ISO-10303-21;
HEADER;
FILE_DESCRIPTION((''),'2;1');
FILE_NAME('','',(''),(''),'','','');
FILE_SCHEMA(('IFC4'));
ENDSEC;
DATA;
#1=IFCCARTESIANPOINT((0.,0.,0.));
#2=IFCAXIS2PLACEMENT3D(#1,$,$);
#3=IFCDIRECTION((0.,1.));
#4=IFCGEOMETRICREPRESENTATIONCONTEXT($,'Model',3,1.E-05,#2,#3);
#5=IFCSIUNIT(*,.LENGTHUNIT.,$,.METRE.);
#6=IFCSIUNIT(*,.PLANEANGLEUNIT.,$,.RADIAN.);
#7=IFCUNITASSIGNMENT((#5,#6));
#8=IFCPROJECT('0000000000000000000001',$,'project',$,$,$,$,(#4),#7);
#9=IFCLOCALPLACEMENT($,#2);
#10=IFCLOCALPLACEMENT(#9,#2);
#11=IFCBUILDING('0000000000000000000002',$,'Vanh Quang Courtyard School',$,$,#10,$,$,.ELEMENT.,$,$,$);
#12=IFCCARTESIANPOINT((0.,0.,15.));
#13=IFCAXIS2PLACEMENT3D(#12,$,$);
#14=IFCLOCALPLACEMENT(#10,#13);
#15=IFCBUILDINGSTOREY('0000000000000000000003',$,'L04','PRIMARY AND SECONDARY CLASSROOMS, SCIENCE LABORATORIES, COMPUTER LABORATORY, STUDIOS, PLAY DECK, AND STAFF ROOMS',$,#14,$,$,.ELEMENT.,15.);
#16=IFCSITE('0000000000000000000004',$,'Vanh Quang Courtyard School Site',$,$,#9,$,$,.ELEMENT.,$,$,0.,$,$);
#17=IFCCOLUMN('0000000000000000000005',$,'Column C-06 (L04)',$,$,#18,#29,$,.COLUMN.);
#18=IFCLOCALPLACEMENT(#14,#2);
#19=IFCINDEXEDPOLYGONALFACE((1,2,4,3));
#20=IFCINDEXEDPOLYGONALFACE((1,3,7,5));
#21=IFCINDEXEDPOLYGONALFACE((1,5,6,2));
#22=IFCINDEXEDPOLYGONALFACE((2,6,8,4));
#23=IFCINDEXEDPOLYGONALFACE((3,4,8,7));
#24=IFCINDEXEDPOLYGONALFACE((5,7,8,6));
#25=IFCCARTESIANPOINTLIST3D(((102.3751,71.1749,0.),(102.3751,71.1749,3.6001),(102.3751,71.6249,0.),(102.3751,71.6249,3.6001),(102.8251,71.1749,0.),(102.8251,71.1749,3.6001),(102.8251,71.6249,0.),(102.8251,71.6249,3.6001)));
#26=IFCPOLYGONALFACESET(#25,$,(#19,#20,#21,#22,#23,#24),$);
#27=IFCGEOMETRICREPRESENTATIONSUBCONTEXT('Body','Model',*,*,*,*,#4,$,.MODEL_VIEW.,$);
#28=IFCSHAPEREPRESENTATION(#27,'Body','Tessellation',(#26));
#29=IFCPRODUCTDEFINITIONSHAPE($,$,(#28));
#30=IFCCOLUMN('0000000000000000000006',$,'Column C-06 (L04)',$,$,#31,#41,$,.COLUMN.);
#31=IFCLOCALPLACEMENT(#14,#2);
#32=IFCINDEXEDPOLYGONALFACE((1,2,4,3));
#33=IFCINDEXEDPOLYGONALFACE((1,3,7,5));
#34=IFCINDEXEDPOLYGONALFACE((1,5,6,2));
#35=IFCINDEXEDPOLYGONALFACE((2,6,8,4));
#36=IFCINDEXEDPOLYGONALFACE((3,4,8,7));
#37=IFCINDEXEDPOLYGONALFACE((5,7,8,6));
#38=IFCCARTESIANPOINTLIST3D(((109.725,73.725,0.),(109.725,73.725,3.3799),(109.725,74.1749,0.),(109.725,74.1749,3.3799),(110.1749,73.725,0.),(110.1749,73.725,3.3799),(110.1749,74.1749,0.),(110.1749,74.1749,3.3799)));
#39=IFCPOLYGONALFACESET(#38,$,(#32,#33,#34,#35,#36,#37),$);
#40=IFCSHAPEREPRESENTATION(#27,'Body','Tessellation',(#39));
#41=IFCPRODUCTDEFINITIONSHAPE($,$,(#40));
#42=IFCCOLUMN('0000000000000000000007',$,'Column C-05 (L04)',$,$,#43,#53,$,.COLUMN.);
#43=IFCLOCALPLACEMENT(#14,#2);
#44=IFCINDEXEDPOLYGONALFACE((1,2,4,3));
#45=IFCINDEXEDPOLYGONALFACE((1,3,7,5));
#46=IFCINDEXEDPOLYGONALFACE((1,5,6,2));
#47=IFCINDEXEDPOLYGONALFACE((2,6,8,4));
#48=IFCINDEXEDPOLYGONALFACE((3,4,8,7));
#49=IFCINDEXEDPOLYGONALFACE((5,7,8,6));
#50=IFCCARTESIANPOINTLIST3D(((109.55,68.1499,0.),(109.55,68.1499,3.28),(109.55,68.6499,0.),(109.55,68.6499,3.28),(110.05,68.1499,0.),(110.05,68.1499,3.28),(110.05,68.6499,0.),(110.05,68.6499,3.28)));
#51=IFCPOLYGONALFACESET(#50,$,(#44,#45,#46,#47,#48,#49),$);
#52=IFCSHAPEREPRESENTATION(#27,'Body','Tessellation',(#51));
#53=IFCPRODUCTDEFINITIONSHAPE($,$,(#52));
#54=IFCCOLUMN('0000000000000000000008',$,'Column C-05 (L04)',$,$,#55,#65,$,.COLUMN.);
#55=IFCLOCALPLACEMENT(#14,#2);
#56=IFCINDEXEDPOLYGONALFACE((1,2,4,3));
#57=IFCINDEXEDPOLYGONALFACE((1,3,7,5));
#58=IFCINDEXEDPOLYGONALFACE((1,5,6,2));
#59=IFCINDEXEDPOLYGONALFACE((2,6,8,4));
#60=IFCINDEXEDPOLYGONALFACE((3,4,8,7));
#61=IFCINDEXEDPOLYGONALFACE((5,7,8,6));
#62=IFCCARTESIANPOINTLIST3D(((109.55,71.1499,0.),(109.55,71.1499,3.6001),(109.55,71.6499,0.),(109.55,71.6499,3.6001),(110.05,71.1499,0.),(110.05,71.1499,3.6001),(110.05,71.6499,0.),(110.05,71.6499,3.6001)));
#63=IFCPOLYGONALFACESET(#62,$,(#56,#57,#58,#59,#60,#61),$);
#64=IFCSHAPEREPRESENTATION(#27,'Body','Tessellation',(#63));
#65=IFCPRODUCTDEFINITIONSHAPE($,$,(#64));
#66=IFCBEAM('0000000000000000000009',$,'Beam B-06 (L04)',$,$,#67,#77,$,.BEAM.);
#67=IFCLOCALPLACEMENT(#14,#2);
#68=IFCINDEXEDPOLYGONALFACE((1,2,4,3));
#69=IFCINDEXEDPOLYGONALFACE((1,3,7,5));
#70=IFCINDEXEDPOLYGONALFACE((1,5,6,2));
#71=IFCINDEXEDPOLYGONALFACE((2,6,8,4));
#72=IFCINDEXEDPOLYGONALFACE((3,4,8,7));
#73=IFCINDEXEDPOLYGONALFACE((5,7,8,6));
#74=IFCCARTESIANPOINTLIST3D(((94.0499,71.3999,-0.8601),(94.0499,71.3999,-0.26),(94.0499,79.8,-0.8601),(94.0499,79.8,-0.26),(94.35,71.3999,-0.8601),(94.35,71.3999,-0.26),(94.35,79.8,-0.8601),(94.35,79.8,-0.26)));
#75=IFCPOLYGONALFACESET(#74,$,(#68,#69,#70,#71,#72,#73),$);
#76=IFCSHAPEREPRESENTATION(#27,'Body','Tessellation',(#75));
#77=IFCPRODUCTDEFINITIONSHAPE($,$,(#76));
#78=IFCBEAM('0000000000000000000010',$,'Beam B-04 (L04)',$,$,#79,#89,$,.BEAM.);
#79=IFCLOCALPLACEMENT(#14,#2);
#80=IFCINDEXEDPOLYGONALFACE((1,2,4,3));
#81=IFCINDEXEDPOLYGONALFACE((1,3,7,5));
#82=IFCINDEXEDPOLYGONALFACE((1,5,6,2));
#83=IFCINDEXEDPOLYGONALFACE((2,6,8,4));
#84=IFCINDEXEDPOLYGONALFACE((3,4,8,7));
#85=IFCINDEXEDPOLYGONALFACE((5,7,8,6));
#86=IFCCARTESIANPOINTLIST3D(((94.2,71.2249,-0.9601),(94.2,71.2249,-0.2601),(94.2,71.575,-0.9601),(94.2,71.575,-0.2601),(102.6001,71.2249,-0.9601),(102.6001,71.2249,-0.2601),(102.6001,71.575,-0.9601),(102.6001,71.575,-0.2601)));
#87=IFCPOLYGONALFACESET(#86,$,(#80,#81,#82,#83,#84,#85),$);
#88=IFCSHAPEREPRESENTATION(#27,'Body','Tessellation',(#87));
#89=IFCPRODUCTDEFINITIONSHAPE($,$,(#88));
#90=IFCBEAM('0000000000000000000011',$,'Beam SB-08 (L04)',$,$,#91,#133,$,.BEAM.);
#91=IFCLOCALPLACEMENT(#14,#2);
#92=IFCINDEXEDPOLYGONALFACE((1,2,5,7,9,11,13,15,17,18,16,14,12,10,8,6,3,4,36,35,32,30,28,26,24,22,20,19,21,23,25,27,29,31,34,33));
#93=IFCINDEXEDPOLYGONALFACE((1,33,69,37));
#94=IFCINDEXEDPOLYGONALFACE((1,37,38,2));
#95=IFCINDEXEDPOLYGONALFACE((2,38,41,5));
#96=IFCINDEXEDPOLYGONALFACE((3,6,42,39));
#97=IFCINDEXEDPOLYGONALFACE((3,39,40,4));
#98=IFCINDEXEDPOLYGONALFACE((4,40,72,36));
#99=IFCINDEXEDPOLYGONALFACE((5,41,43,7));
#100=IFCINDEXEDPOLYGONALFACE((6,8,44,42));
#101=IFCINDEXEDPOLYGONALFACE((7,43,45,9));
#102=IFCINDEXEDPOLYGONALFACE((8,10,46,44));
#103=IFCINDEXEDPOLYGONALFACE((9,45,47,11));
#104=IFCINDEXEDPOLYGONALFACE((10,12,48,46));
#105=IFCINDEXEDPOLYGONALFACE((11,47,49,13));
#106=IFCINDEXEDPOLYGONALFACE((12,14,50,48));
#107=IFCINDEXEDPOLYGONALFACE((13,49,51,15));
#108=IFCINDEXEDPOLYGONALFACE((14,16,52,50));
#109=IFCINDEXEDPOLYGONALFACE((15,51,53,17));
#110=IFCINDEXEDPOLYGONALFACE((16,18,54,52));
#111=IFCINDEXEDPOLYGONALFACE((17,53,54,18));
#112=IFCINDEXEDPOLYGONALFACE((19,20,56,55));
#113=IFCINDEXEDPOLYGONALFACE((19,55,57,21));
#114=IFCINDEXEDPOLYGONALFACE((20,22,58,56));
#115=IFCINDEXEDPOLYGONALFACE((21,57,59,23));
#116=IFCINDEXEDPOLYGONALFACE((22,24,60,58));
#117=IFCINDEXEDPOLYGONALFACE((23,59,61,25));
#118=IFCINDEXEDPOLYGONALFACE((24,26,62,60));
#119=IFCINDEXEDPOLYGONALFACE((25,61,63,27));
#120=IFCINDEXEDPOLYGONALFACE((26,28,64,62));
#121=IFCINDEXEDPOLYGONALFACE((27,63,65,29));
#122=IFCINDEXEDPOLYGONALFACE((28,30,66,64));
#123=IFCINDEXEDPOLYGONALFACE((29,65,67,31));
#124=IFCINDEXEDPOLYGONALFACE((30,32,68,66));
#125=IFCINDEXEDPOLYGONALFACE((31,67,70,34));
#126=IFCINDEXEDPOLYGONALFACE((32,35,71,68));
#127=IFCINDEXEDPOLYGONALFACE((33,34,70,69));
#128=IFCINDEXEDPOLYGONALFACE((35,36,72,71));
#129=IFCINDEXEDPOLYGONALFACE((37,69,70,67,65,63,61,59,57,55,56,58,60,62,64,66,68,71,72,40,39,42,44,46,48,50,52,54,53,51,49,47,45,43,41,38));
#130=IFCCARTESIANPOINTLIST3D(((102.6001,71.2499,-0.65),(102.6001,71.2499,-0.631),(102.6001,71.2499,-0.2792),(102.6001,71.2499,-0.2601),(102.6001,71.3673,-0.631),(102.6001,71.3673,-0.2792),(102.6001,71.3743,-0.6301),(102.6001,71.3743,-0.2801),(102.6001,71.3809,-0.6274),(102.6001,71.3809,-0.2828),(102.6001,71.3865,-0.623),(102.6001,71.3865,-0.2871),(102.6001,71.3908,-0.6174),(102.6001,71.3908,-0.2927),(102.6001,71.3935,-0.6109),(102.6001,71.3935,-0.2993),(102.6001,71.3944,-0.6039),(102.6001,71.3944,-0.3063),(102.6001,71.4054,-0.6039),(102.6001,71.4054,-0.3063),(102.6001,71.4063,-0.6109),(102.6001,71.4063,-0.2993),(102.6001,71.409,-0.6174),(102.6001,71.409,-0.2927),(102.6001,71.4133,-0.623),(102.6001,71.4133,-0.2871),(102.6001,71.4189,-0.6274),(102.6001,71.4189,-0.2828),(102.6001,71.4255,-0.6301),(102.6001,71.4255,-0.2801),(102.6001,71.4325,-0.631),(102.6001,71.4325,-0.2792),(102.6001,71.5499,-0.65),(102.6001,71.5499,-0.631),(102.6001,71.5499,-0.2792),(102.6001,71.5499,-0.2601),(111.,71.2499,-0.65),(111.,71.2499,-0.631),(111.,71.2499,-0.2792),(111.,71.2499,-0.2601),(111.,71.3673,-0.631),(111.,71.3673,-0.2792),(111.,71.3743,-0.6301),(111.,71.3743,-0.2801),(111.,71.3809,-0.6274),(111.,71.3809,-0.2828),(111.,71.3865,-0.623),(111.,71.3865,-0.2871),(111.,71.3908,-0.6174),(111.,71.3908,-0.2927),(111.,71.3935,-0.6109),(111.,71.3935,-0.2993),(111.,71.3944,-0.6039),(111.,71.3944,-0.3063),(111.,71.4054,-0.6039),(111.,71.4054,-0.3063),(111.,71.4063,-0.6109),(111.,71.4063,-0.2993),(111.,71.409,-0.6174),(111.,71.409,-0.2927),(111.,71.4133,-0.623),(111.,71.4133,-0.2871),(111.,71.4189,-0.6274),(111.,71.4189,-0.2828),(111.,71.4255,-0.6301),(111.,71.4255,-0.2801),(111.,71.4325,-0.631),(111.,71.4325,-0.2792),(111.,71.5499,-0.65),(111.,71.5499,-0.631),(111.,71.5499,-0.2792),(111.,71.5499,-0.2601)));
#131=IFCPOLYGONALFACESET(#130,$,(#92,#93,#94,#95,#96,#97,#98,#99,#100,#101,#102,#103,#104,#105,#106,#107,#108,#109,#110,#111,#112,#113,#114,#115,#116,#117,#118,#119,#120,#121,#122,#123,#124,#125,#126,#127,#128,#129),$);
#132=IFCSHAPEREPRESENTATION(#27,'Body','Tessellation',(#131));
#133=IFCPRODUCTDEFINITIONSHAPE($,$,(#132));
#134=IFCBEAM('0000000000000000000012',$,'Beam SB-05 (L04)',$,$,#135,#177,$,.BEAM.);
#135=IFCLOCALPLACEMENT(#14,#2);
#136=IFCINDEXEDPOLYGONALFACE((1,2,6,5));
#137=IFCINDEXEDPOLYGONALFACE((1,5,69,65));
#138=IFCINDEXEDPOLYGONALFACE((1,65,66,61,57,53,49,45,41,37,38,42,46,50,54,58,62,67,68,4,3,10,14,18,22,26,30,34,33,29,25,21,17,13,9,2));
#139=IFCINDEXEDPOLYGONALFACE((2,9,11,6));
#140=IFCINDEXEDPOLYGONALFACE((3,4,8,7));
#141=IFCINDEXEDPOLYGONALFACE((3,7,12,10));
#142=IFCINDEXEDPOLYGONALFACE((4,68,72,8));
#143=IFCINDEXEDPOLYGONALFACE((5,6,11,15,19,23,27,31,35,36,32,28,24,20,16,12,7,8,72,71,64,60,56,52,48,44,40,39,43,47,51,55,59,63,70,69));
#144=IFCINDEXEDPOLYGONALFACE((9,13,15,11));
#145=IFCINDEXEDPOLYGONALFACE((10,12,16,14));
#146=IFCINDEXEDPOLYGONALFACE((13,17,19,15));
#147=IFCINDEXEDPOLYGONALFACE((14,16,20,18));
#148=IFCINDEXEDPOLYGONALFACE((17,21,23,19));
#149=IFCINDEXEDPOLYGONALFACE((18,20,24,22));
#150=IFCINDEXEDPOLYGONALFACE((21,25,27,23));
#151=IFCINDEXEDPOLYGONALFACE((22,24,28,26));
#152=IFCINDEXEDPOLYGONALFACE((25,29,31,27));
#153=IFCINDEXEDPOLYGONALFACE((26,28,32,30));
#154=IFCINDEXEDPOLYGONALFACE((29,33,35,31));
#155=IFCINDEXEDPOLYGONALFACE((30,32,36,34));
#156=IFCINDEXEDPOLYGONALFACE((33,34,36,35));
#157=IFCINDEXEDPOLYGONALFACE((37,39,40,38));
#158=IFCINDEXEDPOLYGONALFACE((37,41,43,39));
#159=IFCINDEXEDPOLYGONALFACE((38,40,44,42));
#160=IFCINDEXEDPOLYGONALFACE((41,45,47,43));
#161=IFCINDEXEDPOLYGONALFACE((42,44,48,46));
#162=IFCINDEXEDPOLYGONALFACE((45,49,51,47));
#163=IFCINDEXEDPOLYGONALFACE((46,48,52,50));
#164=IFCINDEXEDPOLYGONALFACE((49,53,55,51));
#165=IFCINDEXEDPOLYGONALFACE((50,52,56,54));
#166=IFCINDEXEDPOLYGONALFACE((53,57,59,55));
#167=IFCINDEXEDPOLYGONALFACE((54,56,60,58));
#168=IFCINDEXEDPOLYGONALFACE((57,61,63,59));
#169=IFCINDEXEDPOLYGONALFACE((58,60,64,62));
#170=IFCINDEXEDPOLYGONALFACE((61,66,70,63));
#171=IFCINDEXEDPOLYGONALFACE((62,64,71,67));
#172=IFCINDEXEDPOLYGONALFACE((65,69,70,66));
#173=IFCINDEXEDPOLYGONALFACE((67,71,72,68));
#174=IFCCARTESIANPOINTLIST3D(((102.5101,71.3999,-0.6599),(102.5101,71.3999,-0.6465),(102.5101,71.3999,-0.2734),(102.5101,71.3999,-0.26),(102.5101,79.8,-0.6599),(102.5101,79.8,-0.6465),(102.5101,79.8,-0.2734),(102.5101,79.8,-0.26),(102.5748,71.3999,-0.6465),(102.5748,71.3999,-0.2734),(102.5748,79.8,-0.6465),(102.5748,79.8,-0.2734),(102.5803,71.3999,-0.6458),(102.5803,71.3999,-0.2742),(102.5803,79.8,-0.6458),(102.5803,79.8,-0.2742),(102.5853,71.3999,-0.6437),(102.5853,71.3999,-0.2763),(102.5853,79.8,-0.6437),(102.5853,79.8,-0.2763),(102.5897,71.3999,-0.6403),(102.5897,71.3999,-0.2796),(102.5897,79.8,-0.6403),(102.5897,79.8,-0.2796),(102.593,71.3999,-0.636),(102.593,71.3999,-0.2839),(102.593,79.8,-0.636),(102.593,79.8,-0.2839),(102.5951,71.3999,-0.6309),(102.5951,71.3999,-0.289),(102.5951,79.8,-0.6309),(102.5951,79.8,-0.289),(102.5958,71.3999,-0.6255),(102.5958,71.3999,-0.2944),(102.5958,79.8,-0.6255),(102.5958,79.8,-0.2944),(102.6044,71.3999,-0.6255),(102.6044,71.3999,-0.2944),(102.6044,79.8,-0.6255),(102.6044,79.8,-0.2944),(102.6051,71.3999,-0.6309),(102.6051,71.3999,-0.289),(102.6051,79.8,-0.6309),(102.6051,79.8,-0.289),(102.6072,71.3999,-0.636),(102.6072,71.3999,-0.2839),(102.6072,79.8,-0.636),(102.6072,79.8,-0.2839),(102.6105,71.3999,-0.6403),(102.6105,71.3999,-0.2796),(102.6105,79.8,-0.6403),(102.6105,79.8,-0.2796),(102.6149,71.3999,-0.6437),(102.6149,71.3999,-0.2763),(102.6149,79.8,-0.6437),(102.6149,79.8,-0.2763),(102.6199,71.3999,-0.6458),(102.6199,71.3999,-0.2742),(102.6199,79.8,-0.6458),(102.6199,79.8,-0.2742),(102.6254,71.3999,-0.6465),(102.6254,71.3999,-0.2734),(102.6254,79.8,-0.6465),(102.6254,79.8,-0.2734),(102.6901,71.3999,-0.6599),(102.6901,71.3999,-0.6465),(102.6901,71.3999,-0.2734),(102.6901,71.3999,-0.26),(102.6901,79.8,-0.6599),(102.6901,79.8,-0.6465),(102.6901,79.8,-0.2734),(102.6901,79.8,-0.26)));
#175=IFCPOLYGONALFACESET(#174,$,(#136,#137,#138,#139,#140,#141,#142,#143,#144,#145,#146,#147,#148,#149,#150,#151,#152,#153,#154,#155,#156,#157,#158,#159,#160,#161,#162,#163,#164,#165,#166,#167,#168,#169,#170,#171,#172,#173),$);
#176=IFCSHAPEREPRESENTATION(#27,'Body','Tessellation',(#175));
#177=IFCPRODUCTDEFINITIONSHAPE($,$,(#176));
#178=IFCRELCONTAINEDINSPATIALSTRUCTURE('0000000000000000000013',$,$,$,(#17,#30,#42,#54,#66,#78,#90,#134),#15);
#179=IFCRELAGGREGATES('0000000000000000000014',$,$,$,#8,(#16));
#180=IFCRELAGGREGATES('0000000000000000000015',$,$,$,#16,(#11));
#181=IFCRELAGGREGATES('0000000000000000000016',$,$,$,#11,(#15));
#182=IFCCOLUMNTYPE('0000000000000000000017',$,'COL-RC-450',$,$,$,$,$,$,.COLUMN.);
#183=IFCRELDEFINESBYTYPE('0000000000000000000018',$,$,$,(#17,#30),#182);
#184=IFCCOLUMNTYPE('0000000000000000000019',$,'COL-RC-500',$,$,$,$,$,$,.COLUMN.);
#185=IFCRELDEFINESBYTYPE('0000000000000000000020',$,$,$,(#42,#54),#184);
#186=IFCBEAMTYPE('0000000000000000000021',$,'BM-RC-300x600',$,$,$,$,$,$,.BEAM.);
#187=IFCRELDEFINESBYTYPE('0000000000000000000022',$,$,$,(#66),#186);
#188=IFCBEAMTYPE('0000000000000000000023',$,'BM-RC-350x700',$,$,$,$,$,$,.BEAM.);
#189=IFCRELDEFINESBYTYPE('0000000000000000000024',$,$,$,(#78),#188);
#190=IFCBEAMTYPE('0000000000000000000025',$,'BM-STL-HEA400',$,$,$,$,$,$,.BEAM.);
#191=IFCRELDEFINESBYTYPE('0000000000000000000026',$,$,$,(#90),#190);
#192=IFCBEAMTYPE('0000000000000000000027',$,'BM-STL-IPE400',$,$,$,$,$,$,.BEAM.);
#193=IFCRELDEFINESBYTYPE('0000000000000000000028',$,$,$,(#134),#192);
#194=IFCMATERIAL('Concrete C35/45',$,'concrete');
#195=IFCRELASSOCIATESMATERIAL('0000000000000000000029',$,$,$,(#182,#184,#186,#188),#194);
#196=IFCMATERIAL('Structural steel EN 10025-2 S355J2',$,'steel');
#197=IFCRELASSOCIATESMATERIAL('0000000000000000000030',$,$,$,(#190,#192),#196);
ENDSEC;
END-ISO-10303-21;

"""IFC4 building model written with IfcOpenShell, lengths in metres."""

from ifc_helpers import new_model, si_unit, direction, frame, origin, origin_2d, place, context, subcontext, project, spatial, rectangle, i_section, extrude, material, material_profile, profile_set, type_object, element, save


model = new_model("IFC4")

# Units and contexts
model_context = context("Model", 3, precision=1e-05, world=origin(), true_north=direction((0.0, 1.0)))
body_context = subcontext(model_context, "Body", "Model", "MODEL_VIEW")
ifc_project = project(units=[si_unit("LENGTHUNIT", "METRE"), si_unit("PLANEANGLEUNIT", "RADIAN")], contexts=[model_context])

# Site, building, storey
site_placement = place(None, origin())
site = spatial("IfcSite", under=ifc_project, at=site_placement, Name="Vanh Quang Courtyard School Site", CompositionType="ELEMENT", RefElevation=0.0)
building_placement = place(site_placement, origin())
building = spatial("IfcBuilding", under=site, at=building_placement, Name="Vanh Quang Courtyard School", CompositionType="ELEMENT")
storey_placement = place(building_placement, frame((0.0, 0.0, 15.0)))
storey = spatial("IfcBuildingStorey", under=building, at=storey_placement, Name="L04", Description="PRIMARY AND SECONDARY CLASSROOMS, SCIENCE LABORATORIES, COMPUTER LABORATORY, STUDIOS, PLAY DECK, AND STAFF ROOMS", CompositionType="ELEMENT", Elevation=15.0)

# Columns
ifc_material_1 = material(Name="Concrete C35/45", Category="concrete")
ifc_material_profile_1 = material_profile(ifc_material_1, rectangle(XDim=0.45, YDim=0.45, at=origin_2d()), Name="RC-COL 450x450")
ifc_profile_set_1 = profile_set([ifc_material_profile_1], Name="Concrete C35/45")
column_type_1 = type_object("IfcColumnType", Name="COL-RC-450", PredefinedType="COLUMN", material=ifc_profile_set_1)
column_1_placement = place(storey_placement, frame((102.6001, 71.3999, 0.0), z_axis=(0.0, 0.0, 1.0), x_axis=(1.0, 0.0, 0.0)))
element("IfcColumn", 1, at=column_1_placement, inside=storey, type_object=column_type_1, Name="Column C-06 (L04)", PredefinedType="COLUMN", context=body_context, shape_type="SweptSolid", body=[
    extrude(rectangle(XDim=0.45, YDim=0.45, at=origin_2d()), origin(), (0.0, 0.0, 1.0), 3.6001),
])
column_2_placement = place(storey_placement, frame((109.95, 73.95, 0.0), z_axis=(0.0, 0.0, 1.0), x_axis=(1.0, 0.0, 0.0)))
element("IfcColumn", 2, at=column_2_placement, inside=storey, type_object=column_type_1, Name="Column C-06 (L04)", PredefinedType="COLUMN", context=body_context, shape_type="SweptSolid", body=[
    extrude(rectangle(XDim=0.45, YDim=0.45, at=origin_2d()), origin(), (0.0, 0.0, 1.0), 3.3799),
])
ifc_material_profile_2 = material_profile(ifc_material_1, rectangle(XDim=0.5, YDim=0.5, at=origin_2d()), Name="RC-COL 500x500")
ifc_profile_set_2 = profile_set([ifc_material_profile_2], Name="Concrete C35/45")
column_type_2 = type_object("IfcColumnType", Name="COL-RC-500", PredefinedType="COLUMN", material=ifc_profile_set_2)
column_3_placement = place(storey_placement, frame((109.8, 68.3999, 0.0), z_axis=(0.0, 0.0, 1.0), x_axis=(1.0, 0.0, 0.0)))
element("IfcColumn", 3, at=column_3_placement, inside=storey, type_object=column_type_2, Name="Column C-05 (L04)", PredefinedType="COLUMN", context=body_context, shape_type="SweptSolid", body=[
    extrude(rectangle(XDim=0.5, YDim=0.5, at=origin_2d()), origin(), (0.0, 0.0, 1.0), 3.28),
])
column_4_placement = place(storey_placement, frame((109.8, 71.3999, 0.0), z_axis=(0.0, 0.0, 1.0), x_axis=(1.0, 0.0, 0.0)))
element("IfcColumn", 4, at=column_4_placement, inside=storey, type_object=column_type_2, Name="Column C-05 (L04)", PredefinedType="COLUMN", context=body_context, shape_type="SweptSolid", body=[
    extrude(rectangle(XDim=0.5, YDim=0.5, at=origin_2d()), origin(), (0.0, 0.0, 1.0), 3.6001),
])

# Beams
ifc_material_profile_3 = material_profile(ifc_material_1, rectangle(XDim=0.3, YDim=0.6001, at=origin_2d()), Name="RC-BM 300x600")
ifc_profile_set_3 = profile_set([ifc_material_profile_3], Name="Concrete C35/45")
beam_type_1 = type_object("IfcBeamType", Name="BM-RC-300x600", PredefinedType="BEAM", material=ifc_profile_set_3)
beam_1_placement = place(storey_placement, frame((94.2, 71.3999, -0.5601), z_axis=(0.0, 1.0, 0.0), x_axis=(-1.0, 0.0, 0.0)))
element("IfcBeam", 5, at=beam_1_placement, inside=storey, type_object=beam_type_1, Name="Beam B-06 (L04)", PredefinedType="BEAM", context=body_context, shape_type="SweptSolid", body=[
    extrude(rectangle(XDim=0.3, YDim=0.6001, at=origin_2d()), origin(), (0.0, 0.0, 1.0), 8.4001),
])
ifc_material_profile_4 = material_profile(ifc_material_1, rectangle(XDim=0.3501, YDim=0.7, at=origin_2d()), Name="RC-BM 350x700")
ifc_profile_set_4 = profile_set([ifc_material_profile_4], Name="Concrete C35/45")
beam_type_2 = type_object("IfcBeamType", Name="BM-RC-350x700", PredefinedType="BEAM", material=ifc_profile_set_4)
beam_2_placement = place(storey_placement, frame((94.2, 71.3999, -0.6101), z_axis=(1.0, 0.0, 0.0), x_axis=(0.0, 1.0, 0.0)))
element("IfcBeam", 6, at=beam_2_placement, inside=storey, type_object=beam_type_2, Name="Beam B-04 (L04)", PredefinedType="BEAM", context=body_context, shape_type="SweptSolid", body=[
    extrude(rectangle(XDim=0.3501, YDim=0.7, at=origin_2d()), origin(), (0.0, 0.0, 1.0), 8.4001),
])
ifc_material_2 = material(Name="Structural steel EN 10025-2 S355J2", Category="steel")
ifc_material_profile_5 = material_profile(ifc_material_2, i_section(OverallWidth=0.3, OverallDepth=0.3899, WebThickness=0.011, FlangeThickness=0.019, FilletRadius=0.0271, at=origin_2d()), Name="HEA 400")
ifc_profile_set_5 = profile_set([ifc_material_profile_5], Name="Structural steel EN 10025-2 S355J2")
beam_type_3 = type_object("IfcBeamType", Name="BM-STL-HEA400", PredefinedType="BEAM", material=ifc_profile_set_5)
beam_3_placement = place(storey_placement, frame((102.6001, 71.3999, -0.4551), z_axis=(1.0, 0.0, 0.0), x_axis=(0.0, 1.0, 0.0)))
element("IfcBeam", 7, at=beam_3_placement, inside=storey, type_object=beam_type_3, Name="Beam SB-08 (L04)", PredefinedType="BEAM", context=body_context, shape_type="SweptSolid", body=[
    extrude(i_section(OverallWidth=0.3, OverallDepth=0.3899, WebThickness=0.011, FlangeThickness=0.019, FilletRadius=0.0271, at=origin_2d()), origin(), (0.0, 0.0, 1.0), 8.3999),
])
ifc_material_profile_6 = material_profile(ifc_material_2, i_section(OverallWidth=0.1799, OverallDepth=0.3999, WebThickness=0.0085, FlangeThickness=0.0134, FilletRadius=0.021, at=origin_2d()), Name="IPE 400")
ifc_profile_set_6 = profile_set([ifc_material_profile_6], Name="Structural steel EN 10025-2 S355J2")
beam_type_4 = type_object("IfcBeamType", Name="BM-STL-IPE400", PredefinedType="BEAM", material=ifc_profile_set_6)
beam_4_placement = place(storey_placement, frame((102.6001, 71.3999, -0.46), z_axis=(0.0, 1.0, 0.0), x_axis=(-1.0, 0.0, 0.0)))
element("IfcBeam", 8, at=beam_4_placement, inside=storey, type_object=beam_type_4, Name="Beam SB-05 (L04)", PredefinedType="BEAM", context=body_context, shape_type="SweptSolid", body=[
    extrude(i_section(OverallWidth=0.1799, OverallDepth=0.3999, WebThickness=0.0085, FlangeThickness=0.0134, FilletRadius=0.021, at=origin_2d()), origin(), (0.0, 0.0, 1.0), 8.4001),
])

save(model, "model.ifc")
